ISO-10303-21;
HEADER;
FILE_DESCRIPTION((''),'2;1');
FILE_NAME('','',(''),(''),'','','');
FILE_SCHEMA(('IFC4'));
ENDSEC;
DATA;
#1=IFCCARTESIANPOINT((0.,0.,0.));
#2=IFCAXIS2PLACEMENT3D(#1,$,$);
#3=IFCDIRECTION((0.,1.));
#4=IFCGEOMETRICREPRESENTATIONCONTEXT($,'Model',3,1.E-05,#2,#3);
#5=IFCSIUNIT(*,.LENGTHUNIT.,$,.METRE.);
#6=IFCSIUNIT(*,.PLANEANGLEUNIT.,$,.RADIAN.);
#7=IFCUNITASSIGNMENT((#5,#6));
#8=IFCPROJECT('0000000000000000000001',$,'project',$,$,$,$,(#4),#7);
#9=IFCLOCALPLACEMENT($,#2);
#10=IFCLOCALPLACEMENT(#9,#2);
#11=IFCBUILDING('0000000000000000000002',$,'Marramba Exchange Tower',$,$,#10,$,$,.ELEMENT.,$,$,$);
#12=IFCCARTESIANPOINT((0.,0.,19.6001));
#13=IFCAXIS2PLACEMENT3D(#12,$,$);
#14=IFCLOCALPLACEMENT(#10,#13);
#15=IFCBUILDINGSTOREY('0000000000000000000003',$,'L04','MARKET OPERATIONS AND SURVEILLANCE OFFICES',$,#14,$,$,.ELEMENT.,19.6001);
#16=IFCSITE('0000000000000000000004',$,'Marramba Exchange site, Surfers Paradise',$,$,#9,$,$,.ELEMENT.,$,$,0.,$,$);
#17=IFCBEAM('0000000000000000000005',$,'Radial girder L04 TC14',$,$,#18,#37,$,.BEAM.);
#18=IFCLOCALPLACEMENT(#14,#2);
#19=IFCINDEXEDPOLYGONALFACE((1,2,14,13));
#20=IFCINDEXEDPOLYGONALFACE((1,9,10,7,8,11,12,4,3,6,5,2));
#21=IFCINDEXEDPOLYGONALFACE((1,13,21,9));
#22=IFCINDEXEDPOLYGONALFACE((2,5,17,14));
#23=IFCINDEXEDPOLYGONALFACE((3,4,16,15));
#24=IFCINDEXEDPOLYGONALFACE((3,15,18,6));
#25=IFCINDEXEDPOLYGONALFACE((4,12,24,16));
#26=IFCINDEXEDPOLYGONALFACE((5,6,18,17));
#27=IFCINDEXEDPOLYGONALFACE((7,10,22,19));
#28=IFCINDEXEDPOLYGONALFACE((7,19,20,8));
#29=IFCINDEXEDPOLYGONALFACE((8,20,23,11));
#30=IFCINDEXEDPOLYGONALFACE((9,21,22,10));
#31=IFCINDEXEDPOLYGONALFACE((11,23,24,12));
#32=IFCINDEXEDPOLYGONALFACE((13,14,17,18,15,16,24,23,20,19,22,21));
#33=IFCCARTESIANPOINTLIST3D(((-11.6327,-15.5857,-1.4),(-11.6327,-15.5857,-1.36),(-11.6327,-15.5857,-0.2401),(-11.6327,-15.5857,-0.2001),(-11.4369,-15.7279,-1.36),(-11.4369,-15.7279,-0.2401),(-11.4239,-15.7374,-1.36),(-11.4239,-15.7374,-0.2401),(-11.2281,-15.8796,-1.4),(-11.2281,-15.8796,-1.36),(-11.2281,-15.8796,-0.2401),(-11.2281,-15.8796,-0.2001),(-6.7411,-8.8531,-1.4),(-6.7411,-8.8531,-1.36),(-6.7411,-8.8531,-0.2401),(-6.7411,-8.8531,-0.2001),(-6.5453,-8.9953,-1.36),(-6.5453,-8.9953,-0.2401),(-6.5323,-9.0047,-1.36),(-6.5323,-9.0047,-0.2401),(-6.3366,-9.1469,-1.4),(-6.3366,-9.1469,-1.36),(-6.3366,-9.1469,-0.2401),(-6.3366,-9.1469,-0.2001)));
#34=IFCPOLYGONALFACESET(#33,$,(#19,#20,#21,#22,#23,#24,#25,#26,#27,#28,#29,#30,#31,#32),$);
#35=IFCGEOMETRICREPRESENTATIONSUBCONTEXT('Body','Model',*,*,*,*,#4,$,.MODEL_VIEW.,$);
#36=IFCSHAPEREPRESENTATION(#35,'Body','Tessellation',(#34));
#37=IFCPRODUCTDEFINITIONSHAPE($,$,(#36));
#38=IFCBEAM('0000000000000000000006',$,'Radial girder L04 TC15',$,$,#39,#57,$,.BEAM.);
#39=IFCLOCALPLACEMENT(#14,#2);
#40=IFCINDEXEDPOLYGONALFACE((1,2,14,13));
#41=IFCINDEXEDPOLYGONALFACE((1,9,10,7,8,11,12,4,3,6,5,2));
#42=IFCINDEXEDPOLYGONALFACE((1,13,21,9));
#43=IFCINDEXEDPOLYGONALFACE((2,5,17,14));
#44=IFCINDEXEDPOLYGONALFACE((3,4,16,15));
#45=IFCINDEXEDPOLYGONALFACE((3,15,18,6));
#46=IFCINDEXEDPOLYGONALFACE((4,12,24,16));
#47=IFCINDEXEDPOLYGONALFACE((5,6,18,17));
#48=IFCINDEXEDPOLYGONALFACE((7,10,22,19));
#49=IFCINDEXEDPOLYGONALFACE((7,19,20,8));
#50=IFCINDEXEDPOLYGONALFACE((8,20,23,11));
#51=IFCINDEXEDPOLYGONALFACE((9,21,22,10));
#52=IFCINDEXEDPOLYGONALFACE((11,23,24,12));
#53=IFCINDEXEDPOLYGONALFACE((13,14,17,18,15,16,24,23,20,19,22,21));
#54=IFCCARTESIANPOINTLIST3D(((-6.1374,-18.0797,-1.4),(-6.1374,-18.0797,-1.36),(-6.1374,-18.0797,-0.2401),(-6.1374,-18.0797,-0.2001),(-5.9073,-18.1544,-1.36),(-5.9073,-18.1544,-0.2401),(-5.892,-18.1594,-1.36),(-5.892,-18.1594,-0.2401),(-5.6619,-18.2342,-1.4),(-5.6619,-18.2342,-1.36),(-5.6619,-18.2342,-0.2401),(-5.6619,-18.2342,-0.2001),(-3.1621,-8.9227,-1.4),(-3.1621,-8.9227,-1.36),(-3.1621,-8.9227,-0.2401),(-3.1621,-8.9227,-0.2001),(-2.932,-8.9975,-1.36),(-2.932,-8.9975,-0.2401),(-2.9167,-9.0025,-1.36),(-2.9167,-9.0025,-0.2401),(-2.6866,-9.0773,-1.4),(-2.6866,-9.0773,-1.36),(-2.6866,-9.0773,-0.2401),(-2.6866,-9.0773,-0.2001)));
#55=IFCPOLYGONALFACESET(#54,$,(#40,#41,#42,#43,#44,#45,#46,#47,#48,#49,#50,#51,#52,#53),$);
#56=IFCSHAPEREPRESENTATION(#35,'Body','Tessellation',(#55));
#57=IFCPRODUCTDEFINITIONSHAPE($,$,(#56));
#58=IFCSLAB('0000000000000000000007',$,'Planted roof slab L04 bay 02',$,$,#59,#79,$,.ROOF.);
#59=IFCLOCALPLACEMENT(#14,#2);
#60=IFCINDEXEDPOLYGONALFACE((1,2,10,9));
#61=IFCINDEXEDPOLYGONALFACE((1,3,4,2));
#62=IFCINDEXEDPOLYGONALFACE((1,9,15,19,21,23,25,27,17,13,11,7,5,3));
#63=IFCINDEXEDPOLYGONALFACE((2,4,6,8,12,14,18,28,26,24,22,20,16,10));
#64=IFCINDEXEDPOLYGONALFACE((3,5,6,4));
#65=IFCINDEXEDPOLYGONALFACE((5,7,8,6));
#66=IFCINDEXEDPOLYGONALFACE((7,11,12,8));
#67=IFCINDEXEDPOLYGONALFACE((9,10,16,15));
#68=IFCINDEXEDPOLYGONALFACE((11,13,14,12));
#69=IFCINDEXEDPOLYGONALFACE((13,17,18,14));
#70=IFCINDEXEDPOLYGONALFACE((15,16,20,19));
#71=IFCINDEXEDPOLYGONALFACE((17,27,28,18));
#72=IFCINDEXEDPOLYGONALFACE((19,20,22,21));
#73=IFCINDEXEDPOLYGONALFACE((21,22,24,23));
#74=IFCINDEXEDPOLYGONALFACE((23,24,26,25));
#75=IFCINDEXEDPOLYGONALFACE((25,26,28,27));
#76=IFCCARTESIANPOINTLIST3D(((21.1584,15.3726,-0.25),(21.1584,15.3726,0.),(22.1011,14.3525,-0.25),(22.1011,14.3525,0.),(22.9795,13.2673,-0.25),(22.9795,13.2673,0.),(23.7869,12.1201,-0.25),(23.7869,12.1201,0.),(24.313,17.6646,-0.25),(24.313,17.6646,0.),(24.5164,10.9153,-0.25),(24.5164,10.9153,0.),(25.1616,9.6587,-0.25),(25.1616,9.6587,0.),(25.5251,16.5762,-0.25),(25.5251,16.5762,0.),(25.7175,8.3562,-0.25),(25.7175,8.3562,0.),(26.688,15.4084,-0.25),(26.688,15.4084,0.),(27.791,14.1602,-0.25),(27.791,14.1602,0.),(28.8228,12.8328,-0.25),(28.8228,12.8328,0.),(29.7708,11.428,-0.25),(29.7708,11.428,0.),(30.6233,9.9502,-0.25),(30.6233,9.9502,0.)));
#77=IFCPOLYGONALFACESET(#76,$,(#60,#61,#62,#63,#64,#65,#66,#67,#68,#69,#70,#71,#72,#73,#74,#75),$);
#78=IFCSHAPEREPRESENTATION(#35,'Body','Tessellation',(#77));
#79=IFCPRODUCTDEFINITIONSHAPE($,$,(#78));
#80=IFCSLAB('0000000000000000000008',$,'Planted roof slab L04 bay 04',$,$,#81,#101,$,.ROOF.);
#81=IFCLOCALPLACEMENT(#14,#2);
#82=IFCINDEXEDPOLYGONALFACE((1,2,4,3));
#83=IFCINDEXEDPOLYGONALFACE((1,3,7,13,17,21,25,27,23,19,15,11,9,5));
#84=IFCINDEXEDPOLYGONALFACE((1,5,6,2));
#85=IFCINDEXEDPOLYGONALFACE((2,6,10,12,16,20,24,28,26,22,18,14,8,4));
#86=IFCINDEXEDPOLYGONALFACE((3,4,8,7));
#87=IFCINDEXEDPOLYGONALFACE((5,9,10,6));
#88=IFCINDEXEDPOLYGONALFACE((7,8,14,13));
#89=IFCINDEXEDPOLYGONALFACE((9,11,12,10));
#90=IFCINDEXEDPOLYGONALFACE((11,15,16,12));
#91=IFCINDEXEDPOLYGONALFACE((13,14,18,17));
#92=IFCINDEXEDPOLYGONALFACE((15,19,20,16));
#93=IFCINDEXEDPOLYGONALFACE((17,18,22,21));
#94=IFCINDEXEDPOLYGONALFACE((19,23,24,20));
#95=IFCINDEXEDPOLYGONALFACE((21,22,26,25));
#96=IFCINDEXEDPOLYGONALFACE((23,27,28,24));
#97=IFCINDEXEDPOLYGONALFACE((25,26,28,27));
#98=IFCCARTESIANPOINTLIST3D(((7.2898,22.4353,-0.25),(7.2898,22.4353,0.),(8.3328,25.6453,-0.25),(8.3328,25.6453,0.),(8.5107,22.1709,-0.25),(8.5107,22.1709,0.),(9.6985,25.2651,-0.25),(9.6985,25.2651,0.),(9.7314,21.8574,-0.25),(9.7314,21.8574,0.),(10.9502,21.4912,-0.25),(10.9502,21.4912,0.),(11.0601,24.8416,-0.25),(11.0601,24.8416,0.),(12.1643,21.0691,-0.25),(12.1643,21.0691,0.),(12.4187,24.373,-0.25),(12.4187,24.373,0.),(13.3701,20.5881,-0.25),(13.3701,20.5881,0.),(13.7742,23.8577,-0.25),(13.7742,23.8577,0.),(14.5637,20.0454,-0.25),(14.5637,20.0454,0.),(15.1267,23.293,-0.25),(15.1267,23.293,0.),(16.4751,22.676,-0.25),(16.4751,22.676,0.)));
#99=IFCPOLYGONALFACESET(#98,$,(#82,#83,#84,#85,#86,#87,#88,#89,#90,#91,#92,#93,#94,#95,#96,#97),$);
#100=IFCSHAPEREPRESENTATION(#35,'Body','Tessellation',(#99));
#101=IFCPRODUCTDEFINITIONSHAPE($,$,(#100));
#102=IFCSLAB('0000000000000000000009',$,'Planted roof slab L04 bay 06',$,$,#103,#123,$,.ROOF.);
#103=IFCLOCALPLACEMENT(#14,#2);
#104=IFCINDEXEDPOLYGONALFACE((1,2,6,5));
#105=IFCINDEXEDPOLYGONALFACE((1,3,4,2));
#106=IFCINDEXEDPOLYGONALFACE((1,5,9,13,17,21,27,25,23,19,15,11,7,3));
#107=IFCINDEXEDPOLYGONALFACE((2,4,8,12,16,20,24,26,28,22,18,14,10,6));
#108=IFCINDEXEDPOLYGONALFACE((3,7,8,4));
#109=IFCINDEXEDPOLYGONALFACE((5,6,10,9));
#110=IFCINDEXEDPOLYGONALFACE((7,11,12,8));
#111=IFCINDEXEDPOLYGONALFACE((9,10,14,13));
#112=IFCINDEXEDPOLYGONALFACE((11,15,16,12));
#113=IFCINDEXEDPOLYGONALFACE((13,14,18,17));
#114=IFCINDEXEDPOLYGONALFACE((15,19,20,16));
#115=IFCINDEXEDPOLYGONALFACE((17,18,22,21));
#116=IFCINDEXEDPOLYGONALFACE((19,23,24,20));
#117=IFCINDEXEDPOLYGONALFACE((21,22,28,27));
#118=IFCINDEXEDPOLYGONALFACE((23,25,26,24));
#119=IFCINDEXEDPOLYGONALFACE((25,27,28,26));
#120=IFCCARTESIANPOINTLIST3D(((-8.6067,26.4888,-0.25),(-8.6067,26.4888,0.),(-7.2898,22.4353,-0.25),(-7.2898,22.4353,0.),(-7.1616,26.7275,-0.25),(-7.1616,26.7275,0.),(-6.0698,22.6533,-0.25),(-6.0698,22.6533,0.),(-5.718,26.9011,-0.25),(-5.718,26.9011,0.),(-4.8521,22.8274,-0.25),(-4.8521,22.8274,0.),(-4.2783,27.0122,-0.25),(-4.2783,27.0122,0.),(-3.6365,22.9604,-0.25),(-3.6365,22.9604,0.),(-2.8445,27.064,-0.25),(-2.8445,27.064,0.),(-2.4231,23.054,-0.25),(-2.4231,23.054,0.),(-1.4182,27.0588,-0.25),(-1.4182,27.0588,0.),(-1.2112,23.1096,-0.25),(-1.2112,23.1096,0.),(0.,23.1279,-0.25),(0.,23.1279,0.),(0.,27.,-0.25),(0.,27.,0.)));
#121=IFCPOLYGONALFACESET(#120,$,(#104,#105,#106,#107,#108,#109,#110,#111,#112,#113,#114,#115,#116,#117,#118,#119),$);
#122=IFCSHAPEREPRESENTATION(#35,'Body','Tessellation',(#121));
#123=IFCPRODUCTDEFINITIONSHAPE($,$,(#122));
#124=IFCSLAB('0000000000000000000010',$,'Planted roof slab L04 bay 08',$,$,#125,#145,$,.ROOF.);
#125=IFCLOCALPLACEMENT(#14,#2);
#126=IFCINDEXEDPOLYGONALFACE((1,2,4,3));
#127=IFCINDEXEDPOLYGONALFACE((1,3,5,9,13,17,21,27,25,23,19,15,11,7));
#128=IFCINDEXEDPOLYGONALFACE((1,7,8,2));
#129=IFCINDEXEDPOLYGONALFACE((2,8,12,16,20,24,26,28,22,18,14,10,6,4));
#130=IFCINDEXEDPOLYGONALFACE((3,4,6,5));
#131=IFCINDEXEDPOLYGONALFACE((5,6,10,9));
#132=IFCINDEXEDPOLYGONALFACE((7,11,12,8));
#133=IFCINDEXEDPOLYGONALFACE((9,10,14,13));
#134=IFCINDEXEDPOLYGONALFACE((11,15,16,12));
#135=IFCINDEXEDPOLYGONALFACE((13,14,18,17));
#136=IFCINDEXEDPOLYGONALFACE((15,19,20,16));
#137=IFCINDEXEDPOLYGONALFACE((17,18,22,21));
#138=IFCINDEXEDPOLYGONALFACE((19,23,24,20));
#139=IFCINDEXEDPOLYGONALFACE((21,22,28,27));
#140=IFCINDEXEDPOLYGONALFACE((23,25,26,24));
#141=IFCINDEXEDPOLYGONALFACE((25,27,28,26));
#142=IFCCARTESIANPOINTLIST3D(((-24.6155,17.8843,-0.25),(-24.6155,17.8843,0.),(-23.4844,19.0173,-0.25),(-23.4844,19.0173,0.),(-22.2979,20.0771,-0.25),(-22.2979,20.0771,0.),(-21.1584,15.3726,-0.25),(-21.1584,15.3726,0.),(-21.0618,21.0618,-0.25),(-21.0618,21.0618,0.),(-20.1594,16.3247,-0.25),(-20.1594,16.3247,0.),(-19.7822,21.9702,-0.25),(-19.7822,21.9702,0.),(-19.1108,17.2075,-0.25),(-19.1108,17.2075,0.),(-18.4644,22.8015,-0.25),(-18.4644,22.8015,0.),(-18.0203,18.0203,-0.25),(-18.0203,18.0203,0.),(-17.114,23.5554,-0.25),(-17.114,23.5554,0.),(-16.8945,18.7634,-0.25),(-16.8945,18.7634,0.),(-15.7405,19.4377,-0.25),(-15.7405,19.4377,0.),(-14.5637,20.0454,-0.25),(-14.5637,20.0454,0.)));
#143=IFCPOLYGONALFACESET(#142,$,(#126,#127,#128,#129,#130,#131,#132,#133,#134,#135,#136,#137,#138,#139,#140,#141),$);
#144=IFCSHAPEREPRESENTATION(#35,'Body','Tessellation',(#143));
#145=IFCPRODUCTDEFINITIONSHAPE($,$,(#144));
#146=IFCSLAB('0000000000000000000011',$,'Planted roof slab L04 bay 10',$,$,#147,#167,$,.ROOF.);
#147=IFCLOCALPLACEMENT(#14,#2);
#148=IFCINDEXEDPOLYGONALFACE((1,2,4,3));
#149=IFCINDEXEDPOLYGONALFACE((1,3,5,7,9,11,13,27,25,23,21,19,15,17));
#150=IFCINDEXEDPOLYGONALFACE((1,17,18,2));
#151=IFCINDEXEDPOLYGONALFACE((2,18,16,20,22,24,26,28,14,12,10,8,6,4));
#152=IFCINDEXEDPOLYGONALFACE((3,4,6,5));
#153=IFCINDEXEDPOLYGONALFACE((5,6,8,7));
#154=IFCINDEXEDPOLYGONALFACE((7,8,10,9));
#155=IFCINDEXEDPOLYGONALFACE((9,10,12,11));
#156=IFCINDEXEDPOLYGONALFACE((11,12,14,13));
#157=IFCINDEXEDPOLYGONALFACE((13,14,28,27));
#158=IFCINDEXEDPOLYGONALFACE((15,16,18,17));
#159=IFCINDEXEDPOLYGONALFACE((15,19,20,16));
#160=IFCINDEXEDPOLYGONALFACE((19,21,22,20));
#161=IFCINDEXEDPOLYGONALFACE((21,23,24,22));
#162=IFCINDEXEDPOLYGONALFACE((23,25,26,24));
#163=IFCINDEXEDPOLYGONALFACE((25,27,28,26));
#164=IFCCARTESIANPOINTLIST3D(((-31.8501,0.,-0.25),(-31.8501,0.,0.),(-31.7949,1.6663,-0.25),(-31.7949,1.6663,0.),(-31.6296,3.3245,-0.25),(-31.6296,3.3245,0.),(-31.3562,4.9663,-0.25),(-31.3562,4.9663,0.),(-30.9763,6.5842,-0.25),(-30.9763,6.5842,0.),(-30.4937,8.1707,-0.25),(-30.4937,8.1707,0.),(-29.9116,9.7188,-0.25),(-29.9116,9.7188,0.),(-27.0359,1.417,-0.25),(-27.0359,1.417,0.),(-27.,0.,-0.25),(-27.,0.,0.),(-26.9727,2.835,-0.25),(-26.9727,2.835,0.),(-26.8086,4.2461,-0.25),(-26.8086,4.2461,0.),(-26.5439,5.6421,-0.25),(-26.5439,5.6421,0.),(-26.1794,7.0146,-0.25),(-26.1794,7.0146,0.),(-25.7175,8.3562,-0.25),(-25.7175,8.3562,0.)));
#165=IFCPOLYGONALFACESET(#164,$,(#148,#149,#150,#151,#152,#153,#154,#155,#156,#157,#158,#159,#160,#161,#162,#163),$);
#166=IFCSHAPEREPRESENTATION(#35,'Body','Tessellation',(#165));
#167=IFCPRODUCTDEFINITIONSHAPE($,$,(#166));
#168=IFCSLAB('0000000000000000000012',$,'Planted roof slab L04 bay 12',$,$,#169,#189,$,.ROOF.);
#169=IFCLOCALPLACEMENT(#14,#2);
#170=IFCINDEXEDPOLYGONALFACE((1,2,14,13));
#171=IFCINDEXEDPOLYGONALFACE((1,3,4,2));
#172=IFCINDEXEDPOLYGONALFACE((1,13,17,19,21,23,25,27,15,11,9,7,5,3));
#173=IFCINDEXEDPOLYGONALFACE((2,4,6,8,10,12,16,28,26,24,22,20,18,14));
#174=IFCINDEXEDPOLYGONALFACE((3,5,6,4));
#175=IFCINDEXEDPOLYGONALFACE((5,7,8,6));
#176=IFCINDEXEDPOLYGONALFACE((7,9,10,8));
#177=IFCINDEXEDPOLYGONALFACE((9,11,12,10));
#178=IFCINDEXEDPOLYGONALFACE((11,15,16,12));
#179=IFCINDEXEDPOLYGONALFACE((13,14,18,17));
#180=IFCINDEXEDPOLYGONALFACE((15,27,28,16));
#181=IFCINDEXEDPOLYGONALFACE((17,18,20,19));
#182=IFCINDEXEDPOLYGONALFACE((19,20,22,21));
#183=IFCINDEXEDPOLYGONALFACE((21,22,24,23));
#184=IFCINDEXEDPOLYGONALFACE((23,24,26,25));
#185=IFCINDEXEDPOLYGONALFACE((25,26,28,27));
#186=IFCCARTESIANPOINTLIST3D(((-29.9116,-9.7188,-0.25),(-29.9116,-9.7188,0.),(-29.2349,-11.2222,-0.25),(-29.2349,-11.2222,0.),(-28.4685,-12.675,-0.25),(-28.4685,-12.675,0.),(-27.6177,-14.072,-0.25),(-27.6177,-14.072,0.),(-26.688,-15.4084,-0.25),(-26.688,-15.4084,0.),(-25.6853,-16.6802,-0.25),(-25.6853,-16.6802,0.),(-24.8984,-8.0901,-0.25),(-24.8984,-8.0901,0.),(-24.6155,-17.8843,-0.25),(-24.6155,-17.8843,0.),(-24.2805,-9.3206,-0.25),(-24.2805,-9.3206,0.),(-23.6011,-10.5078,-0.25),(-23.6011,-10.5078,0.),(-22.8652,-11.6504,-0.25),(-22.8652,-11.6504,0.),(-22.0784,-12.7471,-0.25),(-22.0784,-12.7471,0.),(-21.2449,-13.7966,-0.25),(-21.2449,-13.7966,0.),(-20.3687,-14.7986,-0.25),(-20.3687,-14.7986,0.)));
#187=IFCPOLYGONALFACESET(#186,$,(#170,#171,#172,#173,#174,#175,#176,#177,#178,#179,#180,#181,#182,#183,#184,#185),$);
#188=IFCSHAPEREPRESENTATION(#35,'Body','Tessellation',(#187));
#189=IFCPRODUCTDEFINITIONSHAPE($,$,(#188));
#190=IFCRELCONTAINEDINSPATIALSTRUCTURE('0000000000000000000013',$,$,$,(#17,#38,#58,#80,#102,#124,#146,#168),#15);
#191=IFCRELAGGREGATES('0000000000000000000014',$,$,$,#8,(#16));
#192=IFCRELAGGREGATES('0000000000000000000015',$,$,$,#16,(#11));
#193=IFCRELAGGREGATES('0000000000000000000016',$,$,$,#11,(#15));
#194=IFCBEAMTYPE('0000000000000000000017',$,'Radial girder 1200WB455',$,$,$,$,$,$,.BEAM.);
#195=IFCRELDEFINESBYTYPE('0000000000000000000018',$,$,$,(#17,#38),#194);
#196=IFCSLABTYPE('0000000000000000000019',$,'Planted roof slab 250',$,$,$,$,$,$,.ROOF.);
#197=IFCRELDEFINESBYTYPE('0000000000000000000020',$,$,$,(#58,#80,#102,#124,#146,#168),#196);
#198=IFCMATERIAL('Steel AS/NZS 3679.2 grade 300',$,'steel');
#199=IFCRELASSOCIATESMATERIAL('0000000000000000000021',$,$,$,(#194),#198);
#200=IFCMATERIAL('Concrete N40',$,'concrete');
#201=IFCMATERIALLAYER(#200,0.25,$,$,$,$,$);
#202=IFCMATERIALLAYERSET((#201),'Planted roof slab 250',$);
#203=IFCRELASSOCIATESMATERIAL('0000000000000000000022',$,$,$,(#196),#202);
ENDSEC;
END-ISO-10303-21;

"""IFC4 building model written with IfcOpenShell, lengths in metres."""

from ifc_helpers import new_model, si_unit, direction, frame, origin, origin_2d, place, context, subcontext, project, spatial, polyline, i_section, outline, extrude, material, layer, layer_set, material_profile, profile_set, type_object, element, save


model = new_model("IFC4")

# Units and contexts
model_context = context("Model", 3, precision=1e-05, world=origin(), true_north=direction((0.0, 1.0)))
body_context = subcontext(model_context, "Body", "Model", "MODEL_VIEW")
ifc_project = project(units=[si_unit("LENGTHUNIT", "METRE"), si_unit("PLANEANGLEUNIT", "RADIAN")], contexts=[model_context])

# Site, building, storey
site_placement = place(None, origin())
site = spatial("IfcSite", under=ifc_project, at=site_placement, Name="Marramba Exchange site, Surfers Paradise", CompositionType="ELEMENT", RefElevation=0.0)
building_placement = place(site_placement, origin())
building = spatial("IfcBuilding", under=site, at=building_placement, Name="Marramba Exchange Tower", CompositionType="ELEMENT")
storey_placement = place(building_placement, frame((0.0, 0.0, 19.6001)))
storey = spatial("IfcBuildingStorey", under=building, at=storey_placement, Name="L04", Description="MARKET OPERATIONS AND SURVEILLANCE OFFICES", CompositionType="ELEMENT", Elevation=19.6001)

# Beams
ifc_material_1 = material(Name="Steel AS/NZS 3679.2 grade 300", Category="steel")
ifc_material_profile = material_profile(ifc_material_1, i_section(OverallWidth=0.5, OverallDepth=1.2, WebThickness=0.0161, FlangeThickness=0.04, at=origin_2d()), Name="1200WB455")
ifc_profile_set = profile_set([ifc_material_profile], Name="Steel AS/NZS 3679.2 grade 300")
beam_type = type_object("IfcBeamType", Name="Radial girder 1200WB455", PredefinedType="BEAM", material=ifc_profile_set)
beam_1_placement = place(storey_placement, frame((-6.5388, -9.0, -0.8), z_axis=(-0.587788, -0.809015, 0.0), x_axis=(0.809015, -0.587788, 0.0)))
element("IfcBeam", 1, at=beam_1_placement, inside=storey, type_object=beam_type, Name="Radial girder L04 TC14", PredefinedType="BEAM", context=body_context, shape_type="SweptSolid", body=[
    extrude(i_section(OverallWidth=0.5, OverallDepth=1.2, WebThickness=0.0161, FlangeThickness=0.04, at=origin_2d()), origin(), (0.0, 0.0, 1.0), 8.322),
])
beam_2_placement = place(storey_placement, frame((-2.9243, -9.0, -0.8), z_axis=(-0.309022, -0.951055, 0.0), x_axis=(0.951055, -0.309022, 0.0)))
element("IfcBeam", 2, at=beam_2_placement, inside=storey, type_object=beam_type, Name="Radial girder L04 TC15", PredefinedType="BEAM", context=body_context, shape_type="SweptSolid", body=[
    extrude(i_section(OverallWidth=0.5, OverallDepth=1.2, WebThickness=0.0161, FlangeThickness=0.04, at=origin_2d()), origin(), (0.0, 0.0, 1.0), 9.6282),
])

# Slabs
ifc_material_2 = material(Name="Concrete N40", Category="concrete")
ifc_layer_1 = layer(ifc_material_2, 0.25)
ifc_layer_set_1 = layer_set([ifc_layer_1], Name="Planted roof slab 250")
slab_type_1 = type_object("IfcSlabType", Name="Planted roof slab 250", PredefinedType="ROOF", material=ifc_layer_set_1)
slab_1_placement = place(storey_placement, frame((0.0, 0.0, -0.25)))
element("IfcSlab", 3, at=slab_1_placement, inside=storey, type_object=slab_type_1, Name="Planted roof slab L04 bay 02", PredefinedType="ROOF", context=body_context, shape_type="SweptSolid", body=[
    extrude(outline(polyline([(24.313, 17.6646), (25.5251, 16.5762), (26.688, 15.4084), (27.791, 14.1602), (28.8228, 12.8328), (29.7708, 11.428), (30.6233, 9.9502), (25.7175, 8.3562), (25.1616, 9.6587), (24.5164, 10.9153), (23.7869, 12.1201), (22.9795, 13.2673), (22.1011, 14.3525), (21.1584, 15.3726), (24.313, 17.6646)])), origin(), (0.0, 0.0, 1.0), 0.25),
])
slab_2_placement = place(storey_placement, frame((0.0, 0.0, -0.25)))
element("IfcSlab", 4, at=slab_2_placement, inside=storey, type_object=slab_type_1, Name="Planted roof slab L04 bay 04", PredefinedType="ROOF", context=body_context, shape_type="SweptSolid", body=[
    extrude(outline(polyline([(8.3328, 25.6453), (9.6985, 25.2651), (11.0601, 24.8416), (12.4187, 24.373), (13.7742, 23.8577), (15.1267, 23.293), (16.4751, 22.676), (14.5637, 20.0454), (13.3701, 20.5881), (12.1643, 21.0691), (10.9502, 21.4912), (9.7314, 21.8574), (8.5107, 22.1709), (7.2898, 22.4353), (8.3328, 25.6453)])), origin(), (0.0, 0.0, 1.0), 0.25),
])
slab_3_placement = place(storey_placement, frame((0.0, 0.0, -0.25)))
element("IfcSlab", 5, at=slab_3_placement, inside=storey, type_object=slab_type_1, Name="Planted roof slab L04 bay 06", PredefinedType="ROOF", context=body_context, shape_type="SweptSolid", body=[
    extrude(outline(polyline([(-7.1616, 26.7275), (-5.718, 26.9011), (-4.2783, 27.0122), (-2.8445, 27.064), (-1.4182, 27.0588), (0.0, 27.0), (0.0, 23.1279), (-1.2112, 23.1096), (-2.4231, 23.054), (-3.6365, 22.9604), (-4.8521, 22.8274), (-6.0698, 22.6533), (-7.2898, 22.4353), (-8.6067, 26.4888), (-7.1616, 26.7275)])), origin(), (0.0, 0.0, 1.0), 0.25),
])
slab_4_placement = place(storey_placement, frame((0.0, 0.0, -0.25)))
element("IfcSlab", 6, at=slab_4_placement, inside=storey, type_object=slab_type_1, Name="Planted roof slab L04 bay 08", PredefinedType="ROOF", context=body_context, shape_type="SweptSolid", body=[
    extrude(outline(polyline([(-24.6155, 17.8843), (-23.4844, 19.0173), (-22.2979, 20.0771), (-21.0618, 21.0618), (-19.7822, 21.9702), (-18.4644, 22.8015), (-17.114, 23.5554), (-14.5637, 20.0454), (-15.7405, 19.4377), (-16.8945, 18.7634), (-18.0203, 18.0203), (-19.1108, 17.2075), (-20.1594, 16.3247), (-21.1584, 15.3726), (-24.6155, 17.8843)])), origin(), (0.0, 0.0, 1.0), 0.25),
])
slab_5_placement = place(storey_placement, frame((0.0, 0.0, -0.25)))
element("IfcSlab", 7, at=slab_5_placement, inside=storey, type_object=slab_type_1, Name="Planted roof slab L04 bay 10", PredefinedType="ROOF", context=body_context, shape_type="SweptSolid", body=[
    extrude(outline(polyline([(-31.7949, 1.6663), (-31.6296, 3.3245), (-31.3562, 4.9663), (-30.9763, 6.5842), (-30.4937, 8.1707), (-29.9116, 9.7188), (-25.7175, 8.3562), (-26.1794, 7.0146), (-26.5439, 5.6421), (-26.8086, 4.2461), (-26.9727, 2.835), (-27.0359, 1.417), (-27.0, 0.0), (-31.8501, 0.0), (-31.7949, 1.6663)])), origin(), (0.0, 0.0, 1.0), 0.25),
])
slab_6_placement = place(storey_placement, frame((0.0, 0.0, -0.25)))
element("IfcSlab", 8, at=slab_6_placement, inside=storey, type_object=slab_type_1, Name="Planted roof slab L04 bay 12", PredefinedType="ROOF", context=body_context, shape_type="SweptSolid", body=[
    extrude(outline(polyline([(-25.6853, -16.6802), (-26.688, -15.4084), (-27.6177, -14.072), (-28.4685, -12.675), (-29.2349, -11.2222), (-29.9116, -9.7188), (-24.8984, -8.0901), (-24.2805, -9.3206), (-23.6011, -10.5078), (-22.8652, -11.6504), (-22.0784, -12.7471), (-21.2449, -13.7966), (-20.3687, -14.7986), (-24.6155, -17.8843), (-25.6853, -16.6802)])), origin(), (0.0, 0.0, 1.0), 0.25),
])

save(model, "model.ifc")
